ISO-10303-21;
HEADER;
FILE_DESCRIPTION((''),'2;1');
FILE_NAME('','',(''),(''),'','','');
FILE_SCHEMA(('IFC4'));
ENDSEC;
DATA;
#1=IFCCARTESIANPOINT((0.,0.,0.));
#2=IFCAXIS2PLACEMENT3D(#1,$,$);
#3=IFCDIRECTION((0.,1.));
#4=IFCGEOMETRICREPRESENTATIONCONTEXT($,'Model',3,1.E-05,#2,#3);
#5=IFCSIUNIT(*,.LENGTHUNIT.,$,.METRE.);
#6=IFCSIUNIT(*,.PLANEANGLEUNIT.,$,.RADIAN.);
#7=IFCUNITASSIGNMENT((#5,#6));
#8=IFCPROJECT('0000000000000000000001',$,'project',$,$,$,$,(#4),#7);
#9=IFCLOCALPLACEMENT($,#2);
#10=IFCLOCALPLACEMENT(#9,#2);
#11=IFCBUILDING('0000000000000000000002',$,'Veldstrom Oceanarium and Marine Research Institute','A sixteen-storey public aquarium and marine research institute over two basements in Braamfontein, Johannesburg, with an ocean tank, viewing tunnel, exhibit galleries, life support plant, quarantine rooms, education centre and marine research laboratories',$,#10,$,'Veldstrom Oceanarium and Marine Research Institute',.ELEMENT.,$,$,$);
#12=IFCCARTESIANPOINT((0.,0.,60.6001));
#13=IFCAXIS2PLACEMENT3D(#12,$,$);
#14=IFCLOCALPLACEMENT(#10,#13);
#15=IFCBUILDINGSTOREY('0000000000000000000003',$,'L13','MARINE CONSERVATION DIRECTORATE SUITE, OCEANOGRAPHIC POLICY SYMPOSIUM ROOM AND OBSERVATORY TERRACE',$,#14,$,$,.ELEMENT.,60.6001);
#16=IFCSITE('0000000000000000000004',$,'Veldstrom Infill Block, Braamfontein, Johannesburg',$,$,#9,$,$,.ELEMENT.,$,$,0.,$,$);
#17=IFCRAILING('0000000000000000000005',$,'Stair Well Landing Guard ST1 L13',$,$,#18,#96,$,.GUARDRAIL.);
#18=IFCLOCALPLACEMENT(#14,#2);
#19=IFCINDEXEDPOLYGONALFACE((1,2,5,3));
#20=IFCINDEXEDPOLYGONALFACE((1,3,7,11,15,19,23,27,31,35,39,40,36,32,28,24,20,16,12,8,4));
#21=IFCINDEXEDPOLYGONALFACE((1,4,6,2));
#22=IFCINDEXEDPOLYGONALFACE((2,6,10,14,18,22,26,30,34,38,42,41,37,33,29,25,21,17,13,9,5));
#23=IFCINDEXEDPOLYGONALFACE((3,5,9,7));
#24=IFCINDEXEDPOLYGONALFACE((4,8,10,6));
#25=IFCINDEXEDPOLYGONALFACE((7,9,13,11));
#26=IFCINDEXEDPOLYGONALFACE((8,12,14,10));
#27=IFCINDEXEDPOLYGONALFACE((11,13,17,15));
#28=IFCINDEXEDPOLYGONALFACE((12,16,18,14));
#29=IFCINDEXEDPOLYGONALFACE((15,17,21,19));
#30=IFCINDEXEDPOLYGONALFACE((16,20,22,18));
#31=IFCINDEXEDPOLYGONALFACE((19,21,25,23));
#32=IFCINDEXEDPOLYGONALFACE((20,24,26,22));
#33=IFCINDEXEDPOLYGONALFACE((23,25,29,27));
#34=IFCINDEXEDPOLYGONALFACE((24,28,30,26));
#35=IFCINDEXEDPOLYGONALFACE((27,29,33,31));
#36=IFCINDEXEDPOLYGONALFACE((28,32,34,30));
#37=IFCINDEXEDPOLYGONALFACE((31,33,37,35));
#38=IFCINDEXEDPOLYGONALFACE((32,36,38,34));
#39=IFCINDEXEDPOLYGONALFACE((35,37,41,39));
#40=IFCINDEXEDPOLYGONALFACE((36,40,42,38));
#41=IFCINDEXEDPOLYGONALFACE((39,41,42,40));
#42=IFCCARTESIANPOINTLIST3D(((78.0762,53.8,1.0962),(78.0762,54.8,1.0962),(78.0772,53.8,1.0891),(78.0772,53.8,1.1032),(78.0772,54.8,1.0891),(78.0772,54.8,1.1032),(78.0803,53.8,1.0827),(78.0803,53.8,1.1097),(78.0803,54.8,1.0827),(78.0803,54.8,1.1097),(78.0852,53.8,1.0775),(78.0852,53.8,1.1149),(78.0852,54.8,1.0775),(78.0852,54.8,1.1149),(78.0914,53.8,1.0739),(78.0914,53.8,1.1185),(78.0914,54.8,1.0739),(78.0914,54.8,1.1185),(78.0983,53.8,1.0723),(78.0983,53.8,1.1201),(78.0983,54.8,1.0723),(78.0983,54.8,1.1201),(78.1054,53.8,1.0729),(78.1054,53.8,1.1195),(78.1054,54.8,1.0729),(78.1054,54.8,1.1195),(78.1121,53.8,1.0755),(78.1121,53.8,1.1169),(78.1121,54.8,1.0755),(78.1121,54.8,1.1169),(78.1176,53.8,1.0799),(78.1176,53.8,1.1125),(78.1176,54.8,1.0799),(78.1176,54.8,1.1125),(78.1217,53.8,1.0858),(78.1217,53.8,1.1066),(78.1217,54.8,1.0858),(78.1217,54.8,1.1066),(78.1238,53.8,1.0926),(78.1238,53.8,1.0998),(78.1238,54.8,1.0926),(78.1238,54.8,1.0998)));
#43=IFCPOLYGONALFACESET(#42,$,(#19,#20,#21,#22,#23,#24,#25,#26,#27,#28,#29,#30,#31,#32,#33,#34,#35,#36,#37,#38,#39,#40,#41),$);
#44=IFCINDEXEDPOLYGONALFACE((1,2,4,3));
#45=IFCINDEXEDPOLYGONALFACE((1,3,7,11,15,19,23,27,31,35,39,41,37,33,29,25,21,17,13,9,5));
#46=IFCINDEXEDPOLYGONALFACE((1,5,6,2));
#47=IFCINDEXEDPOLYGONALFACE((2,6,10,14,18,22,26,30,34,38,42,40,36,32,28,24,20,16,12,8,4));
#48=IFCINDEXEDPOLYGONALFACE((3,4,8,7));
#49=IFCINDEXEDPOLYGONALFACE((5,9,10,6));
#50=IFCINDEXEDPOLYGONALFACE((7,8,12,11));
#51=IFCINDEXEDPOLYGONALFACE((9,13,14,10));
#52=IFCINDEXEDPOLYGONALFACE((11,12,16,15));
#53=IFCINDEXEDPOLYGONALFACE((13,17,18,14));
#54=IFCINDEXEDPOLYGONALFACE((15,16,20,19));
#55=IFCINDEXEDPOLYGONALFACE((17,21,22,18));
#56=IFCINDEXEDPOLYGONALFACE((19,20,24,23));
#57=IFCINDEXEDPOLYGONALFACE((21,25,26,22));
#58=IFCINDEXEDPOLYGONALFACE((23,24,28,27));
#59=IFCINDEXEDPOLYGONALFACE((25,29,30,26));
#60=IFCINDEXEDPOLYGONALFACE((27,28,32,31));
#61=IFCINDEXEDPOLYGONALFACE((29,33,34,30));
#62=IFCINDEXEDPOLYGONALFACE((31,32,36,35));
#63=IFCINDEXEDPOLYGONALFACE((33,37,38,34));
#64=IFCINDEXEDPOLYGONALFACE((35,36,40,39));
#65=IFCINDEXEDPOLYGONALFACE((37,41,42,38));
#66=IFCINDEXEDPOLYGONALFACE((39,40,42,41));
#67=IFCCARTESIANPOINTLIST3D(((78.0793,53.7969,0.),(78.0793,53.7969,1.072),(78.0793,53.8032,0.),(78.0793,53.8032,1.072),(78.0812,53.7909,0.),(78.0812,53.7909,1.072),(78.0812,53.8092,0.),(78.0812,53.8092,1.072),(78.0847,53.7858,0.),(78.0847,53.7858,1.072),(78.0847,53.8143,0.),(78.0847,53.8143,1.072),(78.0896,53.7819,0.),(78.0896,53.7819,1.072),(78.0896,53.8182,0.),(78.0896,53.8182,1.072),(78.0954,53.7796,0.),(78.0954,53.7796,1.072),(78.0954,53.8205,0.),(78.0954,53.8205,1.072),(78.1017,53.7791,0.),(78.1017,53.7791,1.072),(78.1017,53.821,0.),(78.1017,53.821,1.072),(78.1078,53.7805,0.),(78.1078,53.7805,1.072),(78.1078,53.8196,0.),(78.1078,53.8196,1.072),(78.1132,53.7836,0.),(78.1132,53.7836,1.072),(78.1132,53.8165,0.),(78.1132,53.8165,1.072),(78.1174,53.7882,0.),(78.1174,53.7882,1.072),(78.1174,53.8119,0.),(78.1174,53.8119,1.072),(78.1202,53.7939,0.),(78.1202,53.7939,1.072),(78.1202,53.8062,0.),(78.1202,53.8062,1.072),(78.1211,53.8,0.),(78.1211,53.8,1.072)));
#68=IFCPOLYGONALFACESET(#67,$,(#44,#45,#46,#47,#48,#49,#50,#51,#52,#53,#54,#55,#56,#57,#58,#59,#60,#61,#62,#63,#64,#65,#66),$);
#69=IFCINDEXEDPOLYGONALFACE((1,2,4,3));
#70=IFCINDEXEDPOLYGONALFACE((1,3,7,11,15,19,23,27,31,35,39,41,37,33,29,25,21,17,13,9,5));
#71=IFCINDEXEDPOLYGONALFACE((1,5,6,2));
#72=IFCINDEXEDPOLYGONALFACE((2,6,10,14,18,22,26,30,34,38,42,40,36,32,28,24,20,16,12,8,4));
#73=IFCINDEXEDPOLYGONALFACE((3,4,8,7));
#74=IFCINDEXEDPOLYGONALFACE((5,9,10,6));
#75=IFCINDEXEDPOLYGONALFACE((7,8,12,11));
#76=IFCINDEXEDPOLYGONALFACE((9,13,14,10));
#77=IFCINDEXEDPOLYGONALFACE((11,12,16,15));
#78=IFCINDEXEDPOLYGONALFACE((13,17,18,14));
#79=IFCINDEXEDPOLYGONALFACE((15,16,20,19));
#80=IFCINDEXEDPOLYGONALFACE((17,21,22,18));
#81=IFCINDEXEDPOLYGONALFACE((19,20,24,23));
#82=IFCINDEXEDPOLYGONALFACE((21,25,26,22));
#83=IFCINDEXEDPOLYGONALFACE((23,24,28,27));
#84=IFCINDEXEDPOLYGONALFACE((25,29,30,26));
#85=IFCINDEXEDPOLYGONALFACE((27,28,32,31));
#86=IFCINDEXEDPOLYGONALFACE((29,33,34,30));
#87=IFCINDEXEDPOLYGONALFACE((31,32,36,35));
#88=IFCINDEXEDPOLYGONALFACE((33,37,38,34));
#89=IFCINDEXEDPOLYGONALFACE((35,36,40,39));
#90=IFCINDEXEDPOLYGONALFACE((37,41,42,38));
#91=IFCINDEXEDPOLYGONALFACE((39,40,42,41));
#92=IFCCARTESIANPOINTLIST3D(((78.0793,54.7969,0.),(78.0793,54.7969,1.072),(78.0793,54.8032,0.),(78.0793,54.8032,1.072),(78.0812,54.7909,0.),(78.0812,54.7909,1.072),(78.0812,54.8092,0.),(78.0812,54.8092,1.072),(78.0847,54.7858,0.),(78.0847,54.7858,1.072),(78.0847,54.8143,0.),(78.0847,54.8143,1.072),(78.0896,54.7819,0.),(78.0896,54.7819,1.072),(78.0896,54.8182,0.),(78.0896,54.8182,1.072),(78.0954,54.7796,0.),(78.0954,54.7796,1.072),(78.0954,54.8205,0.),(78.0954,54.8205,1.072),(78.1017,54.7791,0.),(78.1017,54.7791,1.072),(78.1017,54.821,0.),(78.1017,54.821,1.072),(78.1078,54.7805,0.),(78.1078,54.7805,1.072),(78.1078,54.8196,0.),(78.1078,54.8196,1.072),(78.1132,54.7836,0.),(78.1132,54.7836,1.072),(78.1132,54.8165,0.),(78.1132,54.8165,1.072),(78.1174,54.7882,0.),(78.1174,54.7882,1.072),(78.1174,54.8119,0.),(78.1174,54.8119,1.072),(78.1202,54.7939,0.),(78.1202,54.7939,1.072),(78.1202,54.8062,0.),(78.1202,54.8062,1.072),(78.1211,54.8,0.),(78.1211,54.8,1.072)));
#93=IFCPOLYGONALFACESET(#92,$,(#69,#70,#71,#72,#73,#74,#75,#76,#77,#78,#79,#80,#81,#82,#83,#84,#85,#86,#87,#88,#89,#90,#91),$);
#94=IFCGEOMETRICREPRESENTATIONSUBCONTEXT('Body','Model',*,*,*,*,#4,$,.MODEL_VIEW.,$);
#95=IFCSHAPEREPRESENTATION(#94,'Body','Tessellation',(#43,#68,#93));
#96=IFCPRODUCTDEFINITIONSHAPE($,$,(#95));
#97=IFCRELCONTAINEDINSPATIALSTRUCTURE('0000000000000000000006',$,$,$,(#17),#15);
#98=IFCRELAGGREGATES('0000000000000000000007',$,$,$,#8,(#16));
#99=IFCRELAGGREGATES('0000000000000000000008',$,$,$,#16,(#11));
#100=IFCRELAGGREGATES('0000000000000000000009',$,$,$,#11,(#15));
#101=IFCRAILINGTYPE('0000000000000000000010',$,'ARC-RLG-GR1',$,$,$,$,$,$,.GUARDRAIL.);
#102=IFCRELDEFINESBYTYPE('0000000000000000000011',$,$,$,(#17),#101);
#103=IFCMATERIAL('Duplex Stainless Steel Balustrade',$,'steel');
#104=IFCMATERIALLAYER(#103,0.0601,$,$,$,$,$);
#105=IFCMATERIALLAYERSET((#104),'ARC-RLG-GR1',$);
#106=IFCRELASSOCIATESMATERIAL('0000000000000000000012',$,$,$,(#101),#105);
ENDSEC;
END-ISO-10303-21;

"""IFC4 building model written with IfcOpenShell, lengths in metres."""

from ifc_helpers import new_model, si_unit, direction, frame, origin, origin_2d, place, context, subcontext, project, spatial, circle, extrude, material, layer, layer_set, type_object, element, save


model = new_model("IFC4")

# Units and contexts
model_context = context("Model", 3, precision=1e-05, world=origin(), true_north=direction((0.0, 1.0)))
body_context = subcontext(model_context, "Body", "Model", "MODEL_VIEW")
ifc_project = project(units=[si_unit("LENGTHUNIT", "METRE"), si_unit("PLANEANGLEUNIT", "RADIAN")], contexts=[model_context])

# Site, building, storey
site_placement = place(None, origin())
site = spatial("IfcSite", under=ifc_project, at=site_placement, Name="Veldstrom Infill Block, Braamfontein, Johannesburg", CompositionType="ELEMENT", RefElevation=0.0)
building_placement = place(site_placement, origin())
building = spatial("IfcBuilding", under=site, at=building_placement, Name="Veldstrom Oceanarium and Marine Research Institute", Description="A sixteen-storey public aquarium and marine research institute over two basements in Braamfontein, Johannesburg, with an ocean tank, viewing tunnel, exhibit galleries, life support plant, quarantine rooms, education centre and marine research laboratories", LongName="Veldstrom Oceanarium and Marine Research Institute", CompositionType="ELEMENT")
storey_placement = place(building_placement, frame((0.0, 0.0, 60.6001)))
storey = spatial("IfcBuildingStorey", under=building, at=storey_placement, Name="L13", Description="MARINE CONSERVATION DIRECTORATE SUITE, OCEANOGRAPHIC POLICY SYMPOSIUM ROOM AND OBSERVATORY TERRACE", CompositionType="ELEMENT", Elevation=60.6001)

# Railing
ifc_material_1 = material(Name="Duplex Stainless Steel Balustrade", Category="steel")
ifc_layer_1 = layer(ifc_material_1, 0.0601)
ifc_layer_set_1 = layer_set([ifc_layer_1], Name="ARC-RLG-GR1")
railing_type = type_object("IfcRailingType", Name="ARC-RLG-GR1", PredefinedType="GUARDRAIL", material=ifc_layer_set_1)
railing_placement = place(storey_placement, frame((78.1001, 53.8, 0.0)))
element("IfcRailing", 1, at=railing_placement, inside=storey, type_object=railing_type, Name="Stair Well Landing Guard ST1 L13", PredefinedType="GUARDRAIL", context=body_context, shape_type="SweptSolid", body=[
    extrude(circle(Radius=0.0239, at=origin_2d()), frame((0.0, 0.0, 1.0962), z_axis=(0.0, 1.0, 0.0), x_axis=(-1.0, 0.0, 0.0)), (0.0, 0.0, 1.0), 1.0),
    extrude(circle(Radius=0.021, at=origin_2d()), origin(), (0.0, 0.0, 1.0), 1.072),
    extrude(circle(Radius=0.021, at=origin_2d()), frame((0.0, 1.0, 0.0)), (0.0, 0.0, 1.0), 1.072),
])

save(model, "model.ifc")
